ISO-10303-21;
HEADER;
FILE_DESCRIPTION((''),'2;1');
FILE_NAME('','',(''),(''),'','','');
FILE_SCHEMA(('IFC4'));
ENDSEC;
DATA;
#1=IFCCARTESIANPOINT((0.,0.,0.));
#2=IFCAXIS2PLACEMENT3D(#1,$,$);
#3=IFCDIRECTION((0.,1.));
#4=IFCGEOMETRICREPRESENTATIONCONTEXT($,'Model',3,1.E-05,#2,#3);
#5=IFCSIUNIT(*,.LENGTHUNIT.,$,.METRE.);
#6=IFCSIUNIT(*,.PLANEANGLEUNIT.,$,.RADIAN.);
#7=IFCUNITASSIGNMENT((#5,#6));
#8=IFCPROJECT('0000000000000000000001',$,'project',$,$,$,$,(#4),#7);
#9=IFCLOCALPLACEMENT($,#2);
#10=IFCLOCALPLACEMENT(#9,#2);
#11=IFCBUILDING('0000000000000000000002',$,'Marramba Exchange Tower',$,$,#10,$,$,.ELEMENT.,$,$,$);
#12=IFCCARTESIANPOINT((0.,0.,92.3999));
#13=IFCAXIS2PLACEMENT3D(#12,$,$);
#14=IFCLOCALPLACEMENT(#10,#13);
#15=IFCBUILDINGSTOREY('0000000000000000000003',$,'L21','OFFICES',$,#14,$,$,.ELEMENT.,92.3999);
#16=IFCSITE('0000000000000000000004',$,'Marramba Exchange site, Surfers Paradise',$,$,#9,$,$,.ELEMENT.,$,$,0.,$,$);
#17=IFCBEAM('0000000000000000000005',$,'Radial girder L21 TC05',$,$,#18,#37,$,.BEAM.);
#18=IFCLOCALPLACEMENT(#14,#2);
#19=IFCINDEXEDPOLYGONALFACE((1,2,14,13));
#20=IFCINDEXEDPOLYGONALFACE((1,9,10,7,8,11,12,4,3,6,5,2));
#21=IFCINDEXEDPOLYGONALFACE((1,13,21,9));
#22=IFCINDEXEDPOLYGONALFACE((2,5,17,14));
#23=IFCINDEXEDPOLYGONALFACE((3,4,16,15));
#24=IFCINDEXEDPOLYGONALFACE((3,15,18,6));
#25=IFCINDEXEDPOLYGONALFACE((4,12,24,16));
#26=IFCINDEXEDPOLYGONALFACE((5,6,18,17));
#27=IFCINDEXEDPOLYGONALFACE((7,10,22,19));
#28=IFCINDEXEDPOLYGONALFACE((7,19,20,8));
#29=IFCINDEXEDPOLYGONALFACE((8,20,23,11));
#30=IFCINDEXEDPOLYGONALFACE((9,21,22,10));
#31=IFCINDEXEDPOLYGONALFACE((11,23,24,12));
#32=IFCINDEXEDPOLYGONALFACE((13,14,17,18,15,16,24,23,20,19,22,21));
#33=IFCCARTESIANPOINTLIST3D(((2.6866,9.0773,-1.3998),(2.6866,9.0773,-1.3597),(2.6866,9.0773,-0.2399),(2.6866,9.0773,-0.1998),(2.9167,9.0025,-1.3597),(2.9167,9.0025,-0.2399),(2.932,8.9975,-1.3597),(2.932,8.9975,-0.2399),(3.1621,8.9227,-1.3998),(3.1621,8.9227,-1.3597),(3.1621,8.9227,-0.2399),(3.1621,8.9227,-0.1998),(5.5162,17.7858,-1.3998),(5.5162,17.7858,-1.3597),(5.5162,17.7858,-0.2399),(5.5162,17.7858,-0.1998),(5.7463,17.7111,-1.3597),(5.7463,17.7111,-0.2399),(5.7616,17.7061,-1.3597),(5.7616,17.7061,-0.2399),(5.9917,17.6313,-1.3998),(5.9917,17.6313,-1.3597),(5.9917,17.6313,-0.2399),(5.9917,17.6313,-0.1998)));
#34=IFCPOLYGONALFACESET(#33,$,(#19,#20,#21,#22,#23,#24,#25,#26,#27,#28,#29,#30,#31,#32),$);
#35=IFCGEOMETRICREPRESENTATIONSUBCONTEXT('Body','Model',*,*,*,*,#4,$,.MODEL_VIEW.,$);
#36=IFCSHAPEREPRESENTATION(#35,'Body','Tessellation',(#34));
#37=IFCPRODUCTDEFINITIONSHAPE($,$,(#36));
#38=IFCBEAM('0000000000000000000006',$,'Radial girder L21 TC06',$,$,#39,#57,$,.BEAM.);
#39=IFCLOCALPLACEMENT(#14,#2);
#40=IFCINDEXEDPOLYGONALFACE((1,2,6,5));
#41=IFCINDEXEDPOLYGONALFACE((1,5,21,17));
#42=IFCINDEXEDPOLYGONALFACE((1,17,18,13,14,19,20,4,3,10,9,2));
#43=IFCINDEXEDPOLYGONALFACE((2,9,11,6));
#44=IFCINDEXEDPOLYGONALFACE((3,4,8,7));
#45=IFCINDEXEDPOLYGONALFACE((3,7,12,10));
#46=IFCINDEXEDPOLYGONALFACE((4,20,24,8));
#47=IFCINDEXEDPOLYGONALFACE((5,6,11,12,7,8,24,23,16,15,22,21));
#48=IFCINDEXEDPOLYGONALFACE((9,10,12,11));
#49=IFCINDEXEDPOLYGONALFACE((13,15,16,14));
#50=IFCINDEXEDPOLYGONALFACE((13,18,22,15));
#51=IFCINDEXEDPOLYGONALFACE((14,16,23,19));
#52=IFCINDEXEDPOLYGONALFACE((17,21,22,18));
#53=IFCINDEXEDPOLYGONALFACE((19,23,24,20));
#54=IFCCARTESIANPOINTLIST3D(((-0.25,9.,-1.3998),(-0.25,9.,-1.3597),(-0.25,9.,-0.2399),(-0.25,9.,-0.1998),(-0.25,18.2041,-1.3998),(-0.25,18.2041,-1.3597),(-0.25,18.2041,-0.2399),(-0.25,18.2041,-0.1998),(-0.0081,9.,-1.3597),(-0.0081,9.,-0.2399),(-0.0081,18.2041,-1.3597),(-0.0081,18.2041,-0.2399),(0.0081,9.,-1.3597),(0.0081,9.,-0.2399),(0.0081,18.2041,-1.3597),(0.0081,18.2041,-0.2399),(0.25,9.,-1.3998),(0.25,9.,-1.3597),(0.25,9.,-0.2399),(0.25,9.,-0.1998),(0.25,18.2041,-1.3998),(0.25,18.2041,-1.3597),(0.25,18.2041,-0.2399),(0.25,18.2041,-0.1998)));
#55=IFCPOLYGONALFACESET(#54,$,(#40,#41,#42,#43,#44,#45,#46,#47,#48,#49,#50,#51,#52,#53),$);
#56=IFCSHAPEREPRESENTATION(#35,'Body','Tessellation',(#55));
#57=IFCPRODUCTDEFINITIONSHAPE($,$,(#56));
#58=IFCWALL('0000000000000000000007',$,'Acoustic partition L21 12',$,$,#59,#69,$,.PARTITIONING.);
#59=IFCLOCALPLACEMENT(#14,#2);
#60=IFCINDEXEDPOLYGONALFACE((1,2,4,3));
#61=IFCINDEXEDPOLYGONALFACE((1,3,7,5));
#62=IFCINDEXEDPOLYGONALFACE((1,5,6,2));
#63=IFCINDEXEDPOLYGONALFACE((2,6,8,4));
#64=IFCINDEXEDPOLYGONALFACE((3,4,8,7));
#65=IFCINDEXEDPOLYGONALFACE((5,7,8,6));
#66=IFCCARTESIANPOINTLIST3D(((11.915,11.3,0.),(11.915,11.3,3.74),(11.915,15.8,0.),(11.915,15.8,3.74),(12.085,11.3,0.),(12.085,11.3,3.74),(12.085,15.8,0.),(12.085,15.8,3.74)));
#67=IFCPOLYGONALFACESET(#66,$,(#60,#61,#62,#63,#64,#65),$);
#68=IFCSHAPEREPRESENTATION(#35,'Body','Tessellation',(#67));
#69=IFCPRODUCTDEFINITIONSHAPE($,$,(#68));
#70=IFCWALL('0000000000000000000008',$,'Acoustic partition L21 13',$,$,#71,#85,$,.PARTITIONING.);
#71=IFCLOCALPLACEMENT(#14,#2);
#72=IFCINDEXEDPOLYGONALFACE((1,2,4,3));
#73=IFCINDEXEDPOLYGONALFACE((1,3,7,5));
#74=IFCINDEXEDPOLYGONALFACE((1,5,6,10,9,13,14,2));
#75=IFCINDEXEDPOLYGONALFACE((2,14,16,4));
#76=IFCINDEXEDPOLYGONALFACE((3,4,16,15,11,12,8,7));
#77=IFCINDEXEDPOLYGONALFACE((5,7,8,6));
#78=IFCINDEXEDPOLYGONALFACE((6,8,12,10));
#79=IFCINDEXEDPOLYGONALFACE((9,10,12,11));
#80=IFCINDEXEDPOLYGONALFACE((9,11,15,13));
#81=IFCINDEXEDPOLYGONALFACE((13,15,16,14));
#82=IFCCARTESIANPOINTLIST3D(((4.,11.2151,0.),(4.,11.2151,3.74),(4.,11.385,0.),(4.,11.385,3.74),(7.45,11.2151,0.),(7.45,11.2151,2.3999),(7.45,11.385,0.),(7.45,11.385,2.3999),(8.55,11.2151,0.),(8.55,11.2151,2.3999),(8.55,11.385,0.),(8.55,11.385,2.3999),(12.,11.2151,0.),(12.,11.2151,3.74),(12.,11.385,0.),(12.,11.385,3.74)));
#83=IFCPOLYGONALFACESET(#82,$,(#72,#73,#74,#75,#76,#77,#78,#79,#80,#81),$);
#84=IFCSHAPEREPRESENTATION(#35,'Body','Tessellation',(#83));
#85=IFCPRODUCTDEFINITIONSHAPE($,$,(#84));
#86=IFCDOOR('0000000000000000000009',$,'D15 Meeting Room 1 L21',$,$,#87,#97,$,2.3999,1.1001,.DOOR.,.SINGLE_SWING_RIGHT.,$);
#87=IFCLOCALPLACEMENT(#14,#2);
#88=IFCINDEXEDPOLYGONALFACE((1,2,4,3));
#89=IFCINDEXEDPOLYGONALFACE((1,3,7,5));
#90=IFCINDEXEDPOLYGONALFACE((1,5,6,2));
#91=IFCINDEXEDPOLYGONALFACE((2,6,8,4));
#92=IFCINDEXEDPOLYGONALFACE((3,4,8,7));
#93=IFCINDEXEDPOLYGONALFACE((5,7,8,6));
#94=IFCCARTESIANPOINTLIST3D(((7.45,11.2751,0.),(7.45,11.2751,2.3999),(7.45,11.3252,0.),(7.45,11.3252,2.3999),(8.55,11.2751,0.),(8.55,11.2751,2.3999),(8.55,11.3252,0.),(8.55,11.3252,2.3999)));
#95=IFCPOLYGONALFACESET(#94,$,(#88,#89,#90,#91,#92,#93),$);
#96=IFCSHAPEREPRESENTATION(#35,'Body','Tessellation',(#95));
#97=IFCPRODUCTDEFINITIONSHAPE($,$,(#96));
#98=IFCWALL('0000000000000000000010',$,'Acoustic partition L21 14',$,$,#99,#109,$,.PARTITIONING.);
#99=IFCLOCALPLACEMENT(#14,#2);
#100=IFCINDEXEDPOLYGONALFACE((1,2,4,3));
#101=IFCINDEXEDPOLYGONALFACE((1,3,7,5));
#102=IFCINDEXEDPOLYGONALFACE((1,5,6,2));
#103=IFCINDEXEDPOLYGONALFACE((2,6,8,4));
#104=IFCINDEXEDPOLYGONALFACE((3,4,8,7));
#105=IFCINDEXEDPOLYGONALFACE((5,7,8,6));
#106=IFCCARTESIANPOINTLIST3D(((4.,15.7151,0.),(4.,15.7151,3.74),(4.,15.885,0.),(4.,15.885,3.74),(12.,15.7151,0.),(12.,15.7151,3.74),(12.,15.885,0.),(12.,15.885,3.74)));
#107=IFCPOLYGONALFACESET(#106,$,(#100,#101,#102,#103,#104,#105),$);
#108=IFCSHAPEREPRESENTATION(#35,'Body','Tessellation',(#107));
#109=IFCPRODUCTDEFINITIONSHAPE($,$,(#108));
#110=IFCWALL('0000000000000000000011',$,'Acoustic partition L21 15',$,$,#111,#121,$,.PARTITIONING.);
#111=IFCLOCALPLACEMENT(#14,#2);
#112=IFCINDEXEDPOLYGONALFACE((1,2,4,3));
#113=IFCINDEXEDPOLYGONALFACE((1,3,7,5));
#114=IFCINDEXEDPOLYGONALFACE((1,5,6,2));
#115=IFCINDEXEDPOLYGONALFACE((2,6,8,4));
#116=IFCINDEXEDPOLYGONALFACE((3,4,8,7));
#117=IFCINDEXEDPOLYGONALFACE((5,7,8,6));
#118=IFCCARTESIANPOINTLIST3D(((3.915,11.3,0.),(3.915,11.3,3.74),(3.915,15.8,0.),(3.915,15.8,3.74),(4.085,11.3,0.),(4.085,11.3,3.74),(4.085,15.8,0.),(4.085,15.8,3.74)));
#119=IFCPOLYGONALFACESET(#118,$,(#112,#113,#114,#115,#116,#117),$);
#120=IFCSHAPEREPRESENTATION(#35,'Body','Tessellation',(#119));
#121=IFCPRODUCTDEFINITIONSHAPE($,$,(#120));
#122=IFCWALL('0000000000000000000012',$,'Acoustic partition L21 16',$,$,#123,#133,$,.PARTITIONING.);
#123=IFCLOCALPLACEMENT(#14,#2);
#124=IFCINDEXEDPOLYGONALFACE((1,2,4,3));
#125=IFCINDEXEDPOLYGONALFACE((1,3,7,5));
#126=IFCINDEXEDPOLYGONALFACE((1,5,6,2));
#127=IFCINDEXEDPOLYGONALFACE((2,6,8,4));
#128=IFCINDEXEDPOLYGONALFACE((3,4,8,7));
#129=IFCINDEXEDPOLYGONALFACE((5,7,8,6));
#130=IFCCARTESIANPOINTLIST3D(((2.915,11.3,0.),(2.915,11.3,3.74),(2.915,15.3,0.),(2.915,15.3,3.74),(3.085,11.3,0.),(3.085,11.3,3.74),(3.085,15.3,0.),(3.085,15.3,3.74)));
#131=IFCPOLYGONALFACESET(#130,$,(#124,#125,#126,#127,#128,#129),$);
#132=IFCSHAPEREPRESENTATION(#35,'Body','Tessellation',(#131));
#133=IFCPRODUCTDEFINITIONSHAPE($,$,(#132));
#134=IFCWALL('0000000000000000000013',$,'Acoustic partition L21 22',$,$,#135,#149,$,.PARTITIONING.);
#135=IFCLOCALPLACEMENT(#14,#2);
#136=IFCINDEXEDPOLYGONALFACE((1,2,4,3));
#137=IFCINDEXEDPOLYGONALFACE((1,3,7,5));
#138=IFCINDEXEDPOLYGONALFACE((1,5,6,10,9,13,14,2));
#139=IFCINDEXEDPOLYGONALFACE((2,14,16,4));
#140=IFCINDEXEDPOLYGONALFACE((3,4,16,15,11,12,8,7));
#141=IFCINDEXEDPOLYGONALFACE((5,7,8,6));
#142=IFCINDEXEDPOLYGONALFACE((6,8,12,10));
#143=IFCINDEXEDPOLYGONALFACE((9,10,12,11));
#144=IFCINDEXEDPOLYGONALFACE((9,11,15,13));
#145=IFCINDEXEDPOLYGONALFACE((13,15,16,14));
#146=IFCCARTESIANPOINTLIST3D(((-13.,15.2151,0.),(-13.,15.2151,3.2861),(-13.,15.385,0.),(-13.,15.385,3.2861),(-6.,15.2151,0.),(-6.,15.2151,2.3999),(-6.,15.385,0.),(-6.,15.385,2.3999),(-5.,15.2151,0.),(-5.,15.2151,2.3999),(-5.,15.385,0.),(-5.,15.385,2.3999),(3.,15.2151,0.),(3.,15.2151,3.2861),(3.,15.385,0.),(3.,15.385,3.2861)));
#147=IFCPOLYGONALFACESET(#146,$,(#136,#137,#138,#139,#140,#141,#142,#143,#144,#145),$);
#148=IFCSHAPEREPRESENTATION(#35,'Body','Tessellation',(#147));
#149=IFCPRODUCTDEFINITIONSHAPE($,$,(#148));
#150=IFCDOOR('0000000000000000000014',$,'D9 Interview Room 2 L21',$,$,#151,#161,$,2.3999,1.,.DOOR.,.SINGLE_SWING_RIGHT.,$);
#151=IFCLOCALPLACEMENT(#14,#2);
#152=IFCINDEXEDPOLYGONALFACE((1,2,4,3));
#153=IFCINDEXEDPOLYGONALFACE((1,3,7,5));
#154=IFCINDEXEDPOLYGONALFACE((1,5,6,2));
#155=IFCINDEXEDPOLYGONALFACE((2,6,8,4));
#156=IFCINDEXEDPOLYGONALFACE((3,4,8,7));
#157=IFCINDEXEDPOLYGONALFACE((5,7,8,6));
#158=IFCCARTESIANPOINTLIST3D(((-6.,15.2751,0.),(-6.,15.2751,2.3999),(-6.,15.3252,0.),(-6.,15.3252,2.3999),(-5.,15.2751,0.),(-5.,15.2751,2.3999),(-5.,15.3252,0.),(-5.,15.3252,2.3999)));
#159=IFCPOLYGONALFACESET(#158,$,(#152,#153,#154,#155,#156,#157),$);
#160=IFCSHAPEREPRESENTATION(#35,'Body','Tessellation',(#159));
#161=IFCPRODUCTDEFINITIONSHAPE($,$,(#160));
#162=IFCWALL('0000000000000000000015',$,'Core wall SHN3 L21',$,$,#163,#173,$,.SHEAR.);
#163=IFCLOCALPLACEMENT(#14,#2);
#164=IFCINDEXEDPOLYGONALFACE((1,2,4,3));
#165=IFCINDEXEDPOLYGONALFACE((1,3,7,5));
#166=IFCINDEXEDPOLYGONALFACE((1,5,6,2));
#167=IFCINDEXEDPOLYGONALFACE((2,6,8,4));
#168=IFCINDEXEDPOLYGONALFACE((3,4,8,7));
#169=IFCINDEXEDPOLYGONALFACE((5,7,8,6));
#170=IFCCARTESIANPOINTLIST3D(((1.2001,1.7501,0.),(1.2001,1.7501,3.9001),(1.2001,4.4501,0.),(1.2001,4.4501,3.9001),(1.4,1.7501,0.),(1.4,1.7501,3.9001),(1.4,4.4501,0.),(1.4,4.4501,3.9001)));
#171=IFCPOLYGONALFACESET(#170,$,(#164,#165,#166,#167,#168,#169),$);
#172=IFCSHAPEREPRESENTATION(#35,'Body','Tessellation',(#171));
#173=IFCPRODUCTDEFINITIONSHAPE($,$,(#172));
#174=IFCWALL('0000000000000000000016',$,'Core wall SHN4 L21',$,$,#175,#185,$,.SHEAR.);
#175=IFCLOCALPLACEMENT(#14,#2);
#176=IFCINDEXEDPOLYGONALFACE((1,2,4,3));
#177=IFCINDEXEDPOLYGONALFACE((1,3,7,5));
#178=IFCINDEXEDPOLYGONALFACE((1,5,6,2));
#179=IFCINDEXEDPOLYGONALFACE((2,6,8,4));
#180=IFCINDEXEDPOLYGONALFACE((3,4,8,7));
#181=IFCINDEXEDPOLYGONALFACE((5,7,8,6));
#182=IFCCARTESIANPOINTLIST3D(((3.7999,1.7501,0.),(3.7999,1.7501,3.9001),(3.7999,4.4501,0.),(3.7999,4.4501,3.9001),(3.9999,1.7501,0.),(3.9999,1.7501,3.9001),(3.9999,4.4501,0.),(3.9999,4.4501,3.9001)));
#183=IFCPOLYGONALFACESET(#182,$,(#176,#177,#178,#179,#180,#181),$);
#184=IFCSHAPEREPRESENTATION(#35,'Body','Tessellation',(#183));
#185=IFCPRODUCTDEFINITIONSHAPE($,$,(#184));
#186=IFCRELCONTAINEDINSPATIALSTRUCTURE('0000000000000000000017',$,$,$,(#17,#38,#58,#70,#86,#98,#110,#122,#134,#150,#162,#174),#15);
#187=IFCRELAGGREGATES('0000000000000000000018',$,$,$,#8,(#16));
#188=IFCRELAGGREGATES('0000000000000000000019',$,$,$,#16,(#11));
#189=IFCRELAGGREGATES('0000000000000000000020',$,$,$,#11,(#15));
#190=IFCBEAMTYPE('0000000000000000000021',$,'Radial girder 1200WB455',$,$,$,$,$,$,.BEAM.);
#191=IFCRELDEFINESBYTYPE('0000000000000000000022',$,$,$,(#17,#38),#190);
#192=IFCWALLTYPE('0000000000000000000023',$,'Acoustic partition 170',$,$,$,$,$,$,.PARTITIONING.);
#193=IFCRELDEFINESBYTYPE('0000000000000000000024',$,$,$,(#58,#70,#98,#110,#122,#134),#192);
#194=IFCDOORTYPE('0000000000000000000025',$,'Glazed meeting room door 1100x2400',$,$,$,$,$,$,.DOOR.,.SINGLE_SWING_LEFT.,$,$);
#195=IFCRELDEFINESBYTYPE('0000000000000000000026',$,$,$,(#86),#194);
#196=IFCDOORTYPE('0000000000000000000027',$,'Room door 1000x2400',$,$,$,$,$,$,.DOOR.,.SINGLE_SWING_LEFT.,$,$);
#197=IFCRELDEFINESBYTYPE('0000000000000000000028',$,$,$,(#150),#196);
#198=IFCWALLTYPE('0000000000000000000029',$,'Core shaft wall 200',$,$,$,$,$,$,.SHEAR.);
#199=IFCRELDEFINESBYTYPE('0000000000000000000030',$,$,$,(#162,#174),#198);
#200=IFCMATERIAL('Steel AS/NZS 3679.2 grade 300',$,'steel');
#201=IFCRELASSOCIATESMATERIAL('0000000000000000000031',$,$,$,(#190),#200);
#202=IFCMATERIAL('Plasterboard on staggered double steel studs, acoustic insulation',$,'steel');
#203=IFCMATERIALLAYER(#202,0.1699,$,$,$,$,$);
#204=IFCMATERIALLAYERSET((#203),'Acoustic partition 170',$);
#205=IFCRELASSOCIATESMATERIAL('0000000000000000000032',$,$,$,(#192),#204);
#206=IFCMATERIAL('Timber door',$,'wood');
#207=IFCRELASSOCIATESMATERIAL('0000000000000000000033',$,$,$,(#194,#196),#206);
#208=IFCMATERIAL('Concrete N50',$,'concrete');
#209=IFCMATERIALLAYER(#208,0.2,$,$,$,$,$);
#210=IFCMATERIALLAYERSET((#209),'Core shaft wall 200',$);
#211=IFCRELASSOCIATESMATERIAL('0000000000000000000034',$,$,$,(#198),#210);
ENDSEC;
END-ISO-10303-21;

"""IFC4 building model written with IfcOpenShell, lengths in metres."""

from ifc_helpers import new_model, si_unit, direction, frame, frame_2d, origin, origin_2d, place, context, subcontext, project, spatial, rectangle, i_section, extrude, material, layer, layer_set, material_profile, profile_set, type_object, element, fill, save


model = new_model("IFC4")

# Units and contexts
model_context = context("Model", 3, precision=1e-05, world=origin(), true_north=direction((0.0, 1.0)))
body_context = subcontext(model_context, "Body", "Model", "MODEL_VIEW")
ifc_project = project(units=[si_unit("LENGTHUNIT", "METRE"), si_unit("PLANEANGLEUNIT", "RADIAN")], contexts=[model_context])

# Site, building, storey
site_placement = place(None, origin())
site = spatial("IfcSite", under=ifc_project, at=site_placement, Name="Marramba Exchange site, Surfers Paradise", CompositionType="ELEMENT", RefElevation=0.0)
building_placement = place(site_placement, origin())
building = spatial("IfcBuilding", under=site, at=building_placement, Name="Marramba Exchange Tower", CompositionType="ELEMENT")
storey_placement = place(building_placement, frame((0.0, 0.0, 92.3999)))
storey = spatial("IfcBuildingStorey", under=building, at=storey_placement, Name="L21", Description="OFFICES", CompositionType="ELEMENT", Elevation=92.3999)

# Shared definitions
ifc_material_1 = material(Name="Concrete N50", Category="concrete")

# Shared definitions
ifc_material_2 = material(Name="Steel AS/NZS 3679.2 grade 300", Category="steel")

# Beams
ifc_material_profile_1 = material_profile(ifc_material_2, i_section(OverallWidth=0.5, OverallDepth=1.2, WebThickness=0.0161, FlangeThickness=0.04, at=origin_2d()), Name="1200WB455")
ifc_profile_set_1 = profile_set([ifc_material_profile_1], Name="Steel AS/NZS 3679.2 grade 300")
beam_type_1 = type_object("IfcBeamType", Name="Radial girder 1200WB455", PredefinedType="BEAM", material=ifc_profile_set_1)
beam_1_placement = place(storey_placement, frame((2.9243, 9.0, -0.7998), z_axis=(0.30902, 0.951056, 0.0), x_axis=(-0.951056, 0.30902, 0.0)))
element("IfcBeam", 1, at=beam_1_placement, inside=storey, type_object=beam_type_1, Name="Radial girder L21 TC05", PredefinedType="BEAM", context=body_context, shape_type="SweptSolid", body=[
    extrude(i_section(OverallWidth=0.5, OverallDepth=1.2, WebThickness=0.0161, FlangeThickness=0.04, at=origin_2d()), origin(), (0.0, 0.0, 1.0), 9.1567),
])
beam_2_placement = place(storey_placement, frame((0.0, 9.0, -0.7998), z_axis=(0.0, 1.0, 0.0), x_axis=(-1.0, 0.0, 0.0)))
element("IfcBeam", 2, at=beam_2_placement, inside=storey, type_object=beam_type_1, Name="Radial girder L21 TC06", PredefinedType="BEAM", context=body_context, shape_type="SweptSolid", body=[
    extrude(i_section(OverallWidth=0.5, OverallDepth=1.2, WebThickness=0.0161, FlangeThickness=0.04, at=origin_2d()), origin(), (0.0, 0.0, 1.0), 9.2041),
])

# Wall
ifc_material_3 = material(Name="Plasterboard on staggered double steel studs, acoustic insulation", Category="steel")
ifc_layer_1 = layer(ifc_material_3, 0.1699)
ifc_layer_set_1 = layer_set([ifc_layer_1], Name="Acoustic partition 170")
wall_type_1 = type_object("IfcWallType", Name="Acoustic partition 170", PredefinedType="PARTITIONING", material=ifc_layer_set_1)
wall_1_placement = place(storey_placement, frame((12.0, 15.8, 0.0), z_axis=(0.0, 0.0, 1.0), x_axis=(0.0, -1.0, 0.0)))
element("IfcWall", 3, at=wall_1_placement, inside=storey, type_object=wall_type_1, Name="Acoustic partition L21 12", PredefinedType="PARTITIONING", context=body_context, shape_type="SweptSolid", body=[
    extrude(rectangle(XDim=4.5, YDim=0.1699, at=frame_2d((2.25, 0.0))), origin(), (0.0, 0.0, 1.0), 3.74),
])

# Wall, opening, door
wall_2_placement = place(storey_placement, frame((12.0, 11.3, 0.0), z_axis=(0.0, 0.0, 1.0), x_axis=(-1.0, 0.0, 0.0)))
wall_2 = element("IfcWall", 4, at=wall_2_placement, inside=storey, type_object=wall_type_1, Name="Acoustic partition L21 13", PredefinedType="PARTITIONING", context=body_context, shape_type="SweptSolid", body=[
    extrude(rectangle(XDim=8.0, YDim=0.1699, at=frame_2d((4.0, 0.0))), origin(), (0.0, 0.0, 1.0), 3.74),
])
opening_1_placement = place(wall_2_placement, frame((3.45, 0.0, 0.0)))
opening_1 = element("IfcOpeningElement", 5, at=opening_1_placement, cuts=wall_2, PredefinedType="OPENING", context=body_context, shape_type="SweptSolid", body=[
    extrude(rectangle(XDim=1.1001, YDim=2.3999, at=frame_2d((0.55, 1.2))), frame((0.0, 0.095, 0.0), z_axis=(0.0, -1.0, 0.0), x_axis=(1.0, 0.0, 0.0)), (0.0, 0.0, 1.0), 0.1899),
])
ifc_material_4 = material(Name="Timber door", Category="wood")
door_type_1 = type_object("IfcDoorType", Name="Glazed meeting room door 1100x2400", OperationType="SINGLE_SWING_LEFT", PredefinedType="DOOR", material=ifc_material_4)
door_1_placement = place(opening_1_placement, frame((1.1001, 0.0, 0.0), z_axis=(0.0, 0.0, 1.0), x_axis=(-1.0, 0.0, 0.0)))
door_1 = element("IfcDoor", 6, at=door_1_placement, inside=storey, type_object=door_type_1, Name="D15 Meeting Room 1 L21", OperationType="SINGLE_SWING_RIGHT", OverallHeight=2.3999, OverallWidth=1.1001, PredefinedType="DOOR", context=body_context, shape_type="SweptSolid", body=[
    extrude(rectangle(XDim=1.1001, YDim=2.3999, at=frame_2d((0.55, 1.2))), frame((0.0, 0.0251, 0.0), z_axis=(0.0, -1.0, 0.0), x_axis=(1.0, 0.0, 0.0)), (0.0, 0.0, 1.0), 0.05),
])
fill(opening_1, door_1)

# Walls
wall_3_placement = place(storey_placement, frame((4.0, 15.8, 0.0), z_axis=(0.0, 0.0, 1.0), x_axis=(1.0, 0.0, 0.0)))
element("IfcWall", 7, at=wall_3_placement, inside=storey, type_object=wall_type_1, Name="Acoustic partition L21 14", PredefinedType="PARTITIONING", context=body_context, shape_type="SweptSolid", body=[
    extrude(rectangle(XDim=8.0, YDim=0.1699, at=frame_2d((4.0, 0.0))), origin(), (0.0, 0.0, 1.0), 3.74),
])
wall_4_placement = place(storey_placement, frame((4.0, 11.3, 0.0), z_axis=(0.0, 0.0, 1.0), x_axis=(0.0, 1.0, 0.0)))
element("IfcWall", 8, at=wall_4_placement, inside=storey, type_object=wall_type_1, Name="Acoustic partition L21 15", PredefinedType="PARTITIONING", context=body_context, shape_type="SweptSolid", body=[
    extrude(rectangle(XDim=4.5, YDim=0.1699, at=frame_2d((2.25, 0.0))), origin(), (0.0, 0.0, 1.0), 3.74),
])
wall_5_placement = place(storey_placement, frame((3.0, 11.3, 0.0), z_axis=(0.0, 0.0, 1.0), x_axis=(0.0, 1.0, 0.0)))
element("IfcWall", 9, at=wall_5_placement, inside=storey, type_object=wall_type_1, Name="Acoustic partition L21 16", PredefinedType="PARTITIONING", context=body_context, shape_type="SweptSolid", body=[
    extrude(rectangle(XDim=4.0, YDim=0.1699, at=frame_2d((2.0, 0.0))), origin(), (0.0, 0.0, 1.0), 3.74),
])

# Wall, opening, door
wall_6_placement = place(storey_placement, frame((3.0, 15.3, 0.0), z_axis=(0.0, 0.0, 1.0), x_axis=(-1.0, 0.0, 0.0)))
wall_6 = element("IfcWall", 10, at=wall_6_placement, inside=storey, type_object=wall_type_1, Name="Acoustic partition L21 22", PredefinedType="PARTITIONING", context=body_context, shape_type="SweptSolid", body=[
    extrude(rectangle(XDim=16.0, YDim=0.1699, at=frame_2d((8.0, 0.0))), origin(), (0.0, 0.0, 1.0), 3.2861),
])
opening_2_placement = place(wall_6_placement, frame((8.0, 0.0, 0.0)))
opening_2 = element("IfcOpeningElement", 11, at=opening_2_placement, cuts=wall_6, PredefinedType="OPENING", context=body_context, shape_type="SweptSolid", body=[
    extrude(rectangle(XDim=1.0, YDim=2.3999, at=frame_2d((0.5, 1.2))), frame((0.0, 0.095, 0.0), z_axis=(0.0, -1.0, 0.0), x_axis=(1.0, 0.0, 0.0)), (0.0, 0.0, 1.0), 0.1899),
])
door_type_2 = type_object("IfcDoorType", Name="Room door 1000x2400", OperationType="SINGLE_SWING_LEFT", PredefinedType="DOOR", material=ifc_material_4)
door_2_placement = place(opening_2_placement, origin())
door_2 = element("IfcDoor", 12, at=door_2_placement, inside=storey, type_object=door_type_2, Name="D9 Interview Room 2 L21", OperationType="SINGLE_SWING_RIGHT", OverallHeight=2.3999, OverallWidth=1.0, PredefinedType="DOOR", context=body_context, shape_type="SweptSolid", body=[
    extrude(rectangle(XDim=1.0, YDim=2.3999, at=frame_2d((0.5, 1.2))), frame((0.0, 0.0249, 0.0), z_axis=(0.0, -1.0, 0.0), x_axis=(1.0, 0.0, 0.0)), (0.0, 0.0, 1.0), 0.05),
])
fill(opening_2, door_2)

# Walls
ifc_layer_2 = layer(ifc_material_1, 0.2)
ifc_layer_set_2 = layer_set([ifc_layer_2], Name="Core shaft wall 200")
wall_type_2 = type_object("IfcWallType", Name="Core shaft wall 200", PredefinedType="SHEAR", material=ifc_layer_set_2)
for number, where, z_axis, x_axis, name in (
    (13, (1.3, 1.75, 0.0), (0.0, 0.0, 1.0), (0.0, 1.0, 0.0), "Core wall SHN3 L21"),
    (14, (3.8999, 1.75, 0.0), (0.0, 0.0, 1.0), (0.0, 1.0, 0.0), "Core wall SHN4 L21"),
):
    element("IfcWall", number, at=place(storey_placement, frame(where, z_axis=z_axis, x_axis=x_axis)), inside=storey, type_object=wall_type_2, Name=name, PredefinedType="SHEAR", context=body_context, shape_type="SweptSolid", body=[
        extrude(rectangle(XDim=2.7, YDim=0.2, at=frame_2d((1.3501, 0.0))), origin(), (0.0, 0.0, 1.0), 3.9001),
    ])

save(model, "model.ifc")
